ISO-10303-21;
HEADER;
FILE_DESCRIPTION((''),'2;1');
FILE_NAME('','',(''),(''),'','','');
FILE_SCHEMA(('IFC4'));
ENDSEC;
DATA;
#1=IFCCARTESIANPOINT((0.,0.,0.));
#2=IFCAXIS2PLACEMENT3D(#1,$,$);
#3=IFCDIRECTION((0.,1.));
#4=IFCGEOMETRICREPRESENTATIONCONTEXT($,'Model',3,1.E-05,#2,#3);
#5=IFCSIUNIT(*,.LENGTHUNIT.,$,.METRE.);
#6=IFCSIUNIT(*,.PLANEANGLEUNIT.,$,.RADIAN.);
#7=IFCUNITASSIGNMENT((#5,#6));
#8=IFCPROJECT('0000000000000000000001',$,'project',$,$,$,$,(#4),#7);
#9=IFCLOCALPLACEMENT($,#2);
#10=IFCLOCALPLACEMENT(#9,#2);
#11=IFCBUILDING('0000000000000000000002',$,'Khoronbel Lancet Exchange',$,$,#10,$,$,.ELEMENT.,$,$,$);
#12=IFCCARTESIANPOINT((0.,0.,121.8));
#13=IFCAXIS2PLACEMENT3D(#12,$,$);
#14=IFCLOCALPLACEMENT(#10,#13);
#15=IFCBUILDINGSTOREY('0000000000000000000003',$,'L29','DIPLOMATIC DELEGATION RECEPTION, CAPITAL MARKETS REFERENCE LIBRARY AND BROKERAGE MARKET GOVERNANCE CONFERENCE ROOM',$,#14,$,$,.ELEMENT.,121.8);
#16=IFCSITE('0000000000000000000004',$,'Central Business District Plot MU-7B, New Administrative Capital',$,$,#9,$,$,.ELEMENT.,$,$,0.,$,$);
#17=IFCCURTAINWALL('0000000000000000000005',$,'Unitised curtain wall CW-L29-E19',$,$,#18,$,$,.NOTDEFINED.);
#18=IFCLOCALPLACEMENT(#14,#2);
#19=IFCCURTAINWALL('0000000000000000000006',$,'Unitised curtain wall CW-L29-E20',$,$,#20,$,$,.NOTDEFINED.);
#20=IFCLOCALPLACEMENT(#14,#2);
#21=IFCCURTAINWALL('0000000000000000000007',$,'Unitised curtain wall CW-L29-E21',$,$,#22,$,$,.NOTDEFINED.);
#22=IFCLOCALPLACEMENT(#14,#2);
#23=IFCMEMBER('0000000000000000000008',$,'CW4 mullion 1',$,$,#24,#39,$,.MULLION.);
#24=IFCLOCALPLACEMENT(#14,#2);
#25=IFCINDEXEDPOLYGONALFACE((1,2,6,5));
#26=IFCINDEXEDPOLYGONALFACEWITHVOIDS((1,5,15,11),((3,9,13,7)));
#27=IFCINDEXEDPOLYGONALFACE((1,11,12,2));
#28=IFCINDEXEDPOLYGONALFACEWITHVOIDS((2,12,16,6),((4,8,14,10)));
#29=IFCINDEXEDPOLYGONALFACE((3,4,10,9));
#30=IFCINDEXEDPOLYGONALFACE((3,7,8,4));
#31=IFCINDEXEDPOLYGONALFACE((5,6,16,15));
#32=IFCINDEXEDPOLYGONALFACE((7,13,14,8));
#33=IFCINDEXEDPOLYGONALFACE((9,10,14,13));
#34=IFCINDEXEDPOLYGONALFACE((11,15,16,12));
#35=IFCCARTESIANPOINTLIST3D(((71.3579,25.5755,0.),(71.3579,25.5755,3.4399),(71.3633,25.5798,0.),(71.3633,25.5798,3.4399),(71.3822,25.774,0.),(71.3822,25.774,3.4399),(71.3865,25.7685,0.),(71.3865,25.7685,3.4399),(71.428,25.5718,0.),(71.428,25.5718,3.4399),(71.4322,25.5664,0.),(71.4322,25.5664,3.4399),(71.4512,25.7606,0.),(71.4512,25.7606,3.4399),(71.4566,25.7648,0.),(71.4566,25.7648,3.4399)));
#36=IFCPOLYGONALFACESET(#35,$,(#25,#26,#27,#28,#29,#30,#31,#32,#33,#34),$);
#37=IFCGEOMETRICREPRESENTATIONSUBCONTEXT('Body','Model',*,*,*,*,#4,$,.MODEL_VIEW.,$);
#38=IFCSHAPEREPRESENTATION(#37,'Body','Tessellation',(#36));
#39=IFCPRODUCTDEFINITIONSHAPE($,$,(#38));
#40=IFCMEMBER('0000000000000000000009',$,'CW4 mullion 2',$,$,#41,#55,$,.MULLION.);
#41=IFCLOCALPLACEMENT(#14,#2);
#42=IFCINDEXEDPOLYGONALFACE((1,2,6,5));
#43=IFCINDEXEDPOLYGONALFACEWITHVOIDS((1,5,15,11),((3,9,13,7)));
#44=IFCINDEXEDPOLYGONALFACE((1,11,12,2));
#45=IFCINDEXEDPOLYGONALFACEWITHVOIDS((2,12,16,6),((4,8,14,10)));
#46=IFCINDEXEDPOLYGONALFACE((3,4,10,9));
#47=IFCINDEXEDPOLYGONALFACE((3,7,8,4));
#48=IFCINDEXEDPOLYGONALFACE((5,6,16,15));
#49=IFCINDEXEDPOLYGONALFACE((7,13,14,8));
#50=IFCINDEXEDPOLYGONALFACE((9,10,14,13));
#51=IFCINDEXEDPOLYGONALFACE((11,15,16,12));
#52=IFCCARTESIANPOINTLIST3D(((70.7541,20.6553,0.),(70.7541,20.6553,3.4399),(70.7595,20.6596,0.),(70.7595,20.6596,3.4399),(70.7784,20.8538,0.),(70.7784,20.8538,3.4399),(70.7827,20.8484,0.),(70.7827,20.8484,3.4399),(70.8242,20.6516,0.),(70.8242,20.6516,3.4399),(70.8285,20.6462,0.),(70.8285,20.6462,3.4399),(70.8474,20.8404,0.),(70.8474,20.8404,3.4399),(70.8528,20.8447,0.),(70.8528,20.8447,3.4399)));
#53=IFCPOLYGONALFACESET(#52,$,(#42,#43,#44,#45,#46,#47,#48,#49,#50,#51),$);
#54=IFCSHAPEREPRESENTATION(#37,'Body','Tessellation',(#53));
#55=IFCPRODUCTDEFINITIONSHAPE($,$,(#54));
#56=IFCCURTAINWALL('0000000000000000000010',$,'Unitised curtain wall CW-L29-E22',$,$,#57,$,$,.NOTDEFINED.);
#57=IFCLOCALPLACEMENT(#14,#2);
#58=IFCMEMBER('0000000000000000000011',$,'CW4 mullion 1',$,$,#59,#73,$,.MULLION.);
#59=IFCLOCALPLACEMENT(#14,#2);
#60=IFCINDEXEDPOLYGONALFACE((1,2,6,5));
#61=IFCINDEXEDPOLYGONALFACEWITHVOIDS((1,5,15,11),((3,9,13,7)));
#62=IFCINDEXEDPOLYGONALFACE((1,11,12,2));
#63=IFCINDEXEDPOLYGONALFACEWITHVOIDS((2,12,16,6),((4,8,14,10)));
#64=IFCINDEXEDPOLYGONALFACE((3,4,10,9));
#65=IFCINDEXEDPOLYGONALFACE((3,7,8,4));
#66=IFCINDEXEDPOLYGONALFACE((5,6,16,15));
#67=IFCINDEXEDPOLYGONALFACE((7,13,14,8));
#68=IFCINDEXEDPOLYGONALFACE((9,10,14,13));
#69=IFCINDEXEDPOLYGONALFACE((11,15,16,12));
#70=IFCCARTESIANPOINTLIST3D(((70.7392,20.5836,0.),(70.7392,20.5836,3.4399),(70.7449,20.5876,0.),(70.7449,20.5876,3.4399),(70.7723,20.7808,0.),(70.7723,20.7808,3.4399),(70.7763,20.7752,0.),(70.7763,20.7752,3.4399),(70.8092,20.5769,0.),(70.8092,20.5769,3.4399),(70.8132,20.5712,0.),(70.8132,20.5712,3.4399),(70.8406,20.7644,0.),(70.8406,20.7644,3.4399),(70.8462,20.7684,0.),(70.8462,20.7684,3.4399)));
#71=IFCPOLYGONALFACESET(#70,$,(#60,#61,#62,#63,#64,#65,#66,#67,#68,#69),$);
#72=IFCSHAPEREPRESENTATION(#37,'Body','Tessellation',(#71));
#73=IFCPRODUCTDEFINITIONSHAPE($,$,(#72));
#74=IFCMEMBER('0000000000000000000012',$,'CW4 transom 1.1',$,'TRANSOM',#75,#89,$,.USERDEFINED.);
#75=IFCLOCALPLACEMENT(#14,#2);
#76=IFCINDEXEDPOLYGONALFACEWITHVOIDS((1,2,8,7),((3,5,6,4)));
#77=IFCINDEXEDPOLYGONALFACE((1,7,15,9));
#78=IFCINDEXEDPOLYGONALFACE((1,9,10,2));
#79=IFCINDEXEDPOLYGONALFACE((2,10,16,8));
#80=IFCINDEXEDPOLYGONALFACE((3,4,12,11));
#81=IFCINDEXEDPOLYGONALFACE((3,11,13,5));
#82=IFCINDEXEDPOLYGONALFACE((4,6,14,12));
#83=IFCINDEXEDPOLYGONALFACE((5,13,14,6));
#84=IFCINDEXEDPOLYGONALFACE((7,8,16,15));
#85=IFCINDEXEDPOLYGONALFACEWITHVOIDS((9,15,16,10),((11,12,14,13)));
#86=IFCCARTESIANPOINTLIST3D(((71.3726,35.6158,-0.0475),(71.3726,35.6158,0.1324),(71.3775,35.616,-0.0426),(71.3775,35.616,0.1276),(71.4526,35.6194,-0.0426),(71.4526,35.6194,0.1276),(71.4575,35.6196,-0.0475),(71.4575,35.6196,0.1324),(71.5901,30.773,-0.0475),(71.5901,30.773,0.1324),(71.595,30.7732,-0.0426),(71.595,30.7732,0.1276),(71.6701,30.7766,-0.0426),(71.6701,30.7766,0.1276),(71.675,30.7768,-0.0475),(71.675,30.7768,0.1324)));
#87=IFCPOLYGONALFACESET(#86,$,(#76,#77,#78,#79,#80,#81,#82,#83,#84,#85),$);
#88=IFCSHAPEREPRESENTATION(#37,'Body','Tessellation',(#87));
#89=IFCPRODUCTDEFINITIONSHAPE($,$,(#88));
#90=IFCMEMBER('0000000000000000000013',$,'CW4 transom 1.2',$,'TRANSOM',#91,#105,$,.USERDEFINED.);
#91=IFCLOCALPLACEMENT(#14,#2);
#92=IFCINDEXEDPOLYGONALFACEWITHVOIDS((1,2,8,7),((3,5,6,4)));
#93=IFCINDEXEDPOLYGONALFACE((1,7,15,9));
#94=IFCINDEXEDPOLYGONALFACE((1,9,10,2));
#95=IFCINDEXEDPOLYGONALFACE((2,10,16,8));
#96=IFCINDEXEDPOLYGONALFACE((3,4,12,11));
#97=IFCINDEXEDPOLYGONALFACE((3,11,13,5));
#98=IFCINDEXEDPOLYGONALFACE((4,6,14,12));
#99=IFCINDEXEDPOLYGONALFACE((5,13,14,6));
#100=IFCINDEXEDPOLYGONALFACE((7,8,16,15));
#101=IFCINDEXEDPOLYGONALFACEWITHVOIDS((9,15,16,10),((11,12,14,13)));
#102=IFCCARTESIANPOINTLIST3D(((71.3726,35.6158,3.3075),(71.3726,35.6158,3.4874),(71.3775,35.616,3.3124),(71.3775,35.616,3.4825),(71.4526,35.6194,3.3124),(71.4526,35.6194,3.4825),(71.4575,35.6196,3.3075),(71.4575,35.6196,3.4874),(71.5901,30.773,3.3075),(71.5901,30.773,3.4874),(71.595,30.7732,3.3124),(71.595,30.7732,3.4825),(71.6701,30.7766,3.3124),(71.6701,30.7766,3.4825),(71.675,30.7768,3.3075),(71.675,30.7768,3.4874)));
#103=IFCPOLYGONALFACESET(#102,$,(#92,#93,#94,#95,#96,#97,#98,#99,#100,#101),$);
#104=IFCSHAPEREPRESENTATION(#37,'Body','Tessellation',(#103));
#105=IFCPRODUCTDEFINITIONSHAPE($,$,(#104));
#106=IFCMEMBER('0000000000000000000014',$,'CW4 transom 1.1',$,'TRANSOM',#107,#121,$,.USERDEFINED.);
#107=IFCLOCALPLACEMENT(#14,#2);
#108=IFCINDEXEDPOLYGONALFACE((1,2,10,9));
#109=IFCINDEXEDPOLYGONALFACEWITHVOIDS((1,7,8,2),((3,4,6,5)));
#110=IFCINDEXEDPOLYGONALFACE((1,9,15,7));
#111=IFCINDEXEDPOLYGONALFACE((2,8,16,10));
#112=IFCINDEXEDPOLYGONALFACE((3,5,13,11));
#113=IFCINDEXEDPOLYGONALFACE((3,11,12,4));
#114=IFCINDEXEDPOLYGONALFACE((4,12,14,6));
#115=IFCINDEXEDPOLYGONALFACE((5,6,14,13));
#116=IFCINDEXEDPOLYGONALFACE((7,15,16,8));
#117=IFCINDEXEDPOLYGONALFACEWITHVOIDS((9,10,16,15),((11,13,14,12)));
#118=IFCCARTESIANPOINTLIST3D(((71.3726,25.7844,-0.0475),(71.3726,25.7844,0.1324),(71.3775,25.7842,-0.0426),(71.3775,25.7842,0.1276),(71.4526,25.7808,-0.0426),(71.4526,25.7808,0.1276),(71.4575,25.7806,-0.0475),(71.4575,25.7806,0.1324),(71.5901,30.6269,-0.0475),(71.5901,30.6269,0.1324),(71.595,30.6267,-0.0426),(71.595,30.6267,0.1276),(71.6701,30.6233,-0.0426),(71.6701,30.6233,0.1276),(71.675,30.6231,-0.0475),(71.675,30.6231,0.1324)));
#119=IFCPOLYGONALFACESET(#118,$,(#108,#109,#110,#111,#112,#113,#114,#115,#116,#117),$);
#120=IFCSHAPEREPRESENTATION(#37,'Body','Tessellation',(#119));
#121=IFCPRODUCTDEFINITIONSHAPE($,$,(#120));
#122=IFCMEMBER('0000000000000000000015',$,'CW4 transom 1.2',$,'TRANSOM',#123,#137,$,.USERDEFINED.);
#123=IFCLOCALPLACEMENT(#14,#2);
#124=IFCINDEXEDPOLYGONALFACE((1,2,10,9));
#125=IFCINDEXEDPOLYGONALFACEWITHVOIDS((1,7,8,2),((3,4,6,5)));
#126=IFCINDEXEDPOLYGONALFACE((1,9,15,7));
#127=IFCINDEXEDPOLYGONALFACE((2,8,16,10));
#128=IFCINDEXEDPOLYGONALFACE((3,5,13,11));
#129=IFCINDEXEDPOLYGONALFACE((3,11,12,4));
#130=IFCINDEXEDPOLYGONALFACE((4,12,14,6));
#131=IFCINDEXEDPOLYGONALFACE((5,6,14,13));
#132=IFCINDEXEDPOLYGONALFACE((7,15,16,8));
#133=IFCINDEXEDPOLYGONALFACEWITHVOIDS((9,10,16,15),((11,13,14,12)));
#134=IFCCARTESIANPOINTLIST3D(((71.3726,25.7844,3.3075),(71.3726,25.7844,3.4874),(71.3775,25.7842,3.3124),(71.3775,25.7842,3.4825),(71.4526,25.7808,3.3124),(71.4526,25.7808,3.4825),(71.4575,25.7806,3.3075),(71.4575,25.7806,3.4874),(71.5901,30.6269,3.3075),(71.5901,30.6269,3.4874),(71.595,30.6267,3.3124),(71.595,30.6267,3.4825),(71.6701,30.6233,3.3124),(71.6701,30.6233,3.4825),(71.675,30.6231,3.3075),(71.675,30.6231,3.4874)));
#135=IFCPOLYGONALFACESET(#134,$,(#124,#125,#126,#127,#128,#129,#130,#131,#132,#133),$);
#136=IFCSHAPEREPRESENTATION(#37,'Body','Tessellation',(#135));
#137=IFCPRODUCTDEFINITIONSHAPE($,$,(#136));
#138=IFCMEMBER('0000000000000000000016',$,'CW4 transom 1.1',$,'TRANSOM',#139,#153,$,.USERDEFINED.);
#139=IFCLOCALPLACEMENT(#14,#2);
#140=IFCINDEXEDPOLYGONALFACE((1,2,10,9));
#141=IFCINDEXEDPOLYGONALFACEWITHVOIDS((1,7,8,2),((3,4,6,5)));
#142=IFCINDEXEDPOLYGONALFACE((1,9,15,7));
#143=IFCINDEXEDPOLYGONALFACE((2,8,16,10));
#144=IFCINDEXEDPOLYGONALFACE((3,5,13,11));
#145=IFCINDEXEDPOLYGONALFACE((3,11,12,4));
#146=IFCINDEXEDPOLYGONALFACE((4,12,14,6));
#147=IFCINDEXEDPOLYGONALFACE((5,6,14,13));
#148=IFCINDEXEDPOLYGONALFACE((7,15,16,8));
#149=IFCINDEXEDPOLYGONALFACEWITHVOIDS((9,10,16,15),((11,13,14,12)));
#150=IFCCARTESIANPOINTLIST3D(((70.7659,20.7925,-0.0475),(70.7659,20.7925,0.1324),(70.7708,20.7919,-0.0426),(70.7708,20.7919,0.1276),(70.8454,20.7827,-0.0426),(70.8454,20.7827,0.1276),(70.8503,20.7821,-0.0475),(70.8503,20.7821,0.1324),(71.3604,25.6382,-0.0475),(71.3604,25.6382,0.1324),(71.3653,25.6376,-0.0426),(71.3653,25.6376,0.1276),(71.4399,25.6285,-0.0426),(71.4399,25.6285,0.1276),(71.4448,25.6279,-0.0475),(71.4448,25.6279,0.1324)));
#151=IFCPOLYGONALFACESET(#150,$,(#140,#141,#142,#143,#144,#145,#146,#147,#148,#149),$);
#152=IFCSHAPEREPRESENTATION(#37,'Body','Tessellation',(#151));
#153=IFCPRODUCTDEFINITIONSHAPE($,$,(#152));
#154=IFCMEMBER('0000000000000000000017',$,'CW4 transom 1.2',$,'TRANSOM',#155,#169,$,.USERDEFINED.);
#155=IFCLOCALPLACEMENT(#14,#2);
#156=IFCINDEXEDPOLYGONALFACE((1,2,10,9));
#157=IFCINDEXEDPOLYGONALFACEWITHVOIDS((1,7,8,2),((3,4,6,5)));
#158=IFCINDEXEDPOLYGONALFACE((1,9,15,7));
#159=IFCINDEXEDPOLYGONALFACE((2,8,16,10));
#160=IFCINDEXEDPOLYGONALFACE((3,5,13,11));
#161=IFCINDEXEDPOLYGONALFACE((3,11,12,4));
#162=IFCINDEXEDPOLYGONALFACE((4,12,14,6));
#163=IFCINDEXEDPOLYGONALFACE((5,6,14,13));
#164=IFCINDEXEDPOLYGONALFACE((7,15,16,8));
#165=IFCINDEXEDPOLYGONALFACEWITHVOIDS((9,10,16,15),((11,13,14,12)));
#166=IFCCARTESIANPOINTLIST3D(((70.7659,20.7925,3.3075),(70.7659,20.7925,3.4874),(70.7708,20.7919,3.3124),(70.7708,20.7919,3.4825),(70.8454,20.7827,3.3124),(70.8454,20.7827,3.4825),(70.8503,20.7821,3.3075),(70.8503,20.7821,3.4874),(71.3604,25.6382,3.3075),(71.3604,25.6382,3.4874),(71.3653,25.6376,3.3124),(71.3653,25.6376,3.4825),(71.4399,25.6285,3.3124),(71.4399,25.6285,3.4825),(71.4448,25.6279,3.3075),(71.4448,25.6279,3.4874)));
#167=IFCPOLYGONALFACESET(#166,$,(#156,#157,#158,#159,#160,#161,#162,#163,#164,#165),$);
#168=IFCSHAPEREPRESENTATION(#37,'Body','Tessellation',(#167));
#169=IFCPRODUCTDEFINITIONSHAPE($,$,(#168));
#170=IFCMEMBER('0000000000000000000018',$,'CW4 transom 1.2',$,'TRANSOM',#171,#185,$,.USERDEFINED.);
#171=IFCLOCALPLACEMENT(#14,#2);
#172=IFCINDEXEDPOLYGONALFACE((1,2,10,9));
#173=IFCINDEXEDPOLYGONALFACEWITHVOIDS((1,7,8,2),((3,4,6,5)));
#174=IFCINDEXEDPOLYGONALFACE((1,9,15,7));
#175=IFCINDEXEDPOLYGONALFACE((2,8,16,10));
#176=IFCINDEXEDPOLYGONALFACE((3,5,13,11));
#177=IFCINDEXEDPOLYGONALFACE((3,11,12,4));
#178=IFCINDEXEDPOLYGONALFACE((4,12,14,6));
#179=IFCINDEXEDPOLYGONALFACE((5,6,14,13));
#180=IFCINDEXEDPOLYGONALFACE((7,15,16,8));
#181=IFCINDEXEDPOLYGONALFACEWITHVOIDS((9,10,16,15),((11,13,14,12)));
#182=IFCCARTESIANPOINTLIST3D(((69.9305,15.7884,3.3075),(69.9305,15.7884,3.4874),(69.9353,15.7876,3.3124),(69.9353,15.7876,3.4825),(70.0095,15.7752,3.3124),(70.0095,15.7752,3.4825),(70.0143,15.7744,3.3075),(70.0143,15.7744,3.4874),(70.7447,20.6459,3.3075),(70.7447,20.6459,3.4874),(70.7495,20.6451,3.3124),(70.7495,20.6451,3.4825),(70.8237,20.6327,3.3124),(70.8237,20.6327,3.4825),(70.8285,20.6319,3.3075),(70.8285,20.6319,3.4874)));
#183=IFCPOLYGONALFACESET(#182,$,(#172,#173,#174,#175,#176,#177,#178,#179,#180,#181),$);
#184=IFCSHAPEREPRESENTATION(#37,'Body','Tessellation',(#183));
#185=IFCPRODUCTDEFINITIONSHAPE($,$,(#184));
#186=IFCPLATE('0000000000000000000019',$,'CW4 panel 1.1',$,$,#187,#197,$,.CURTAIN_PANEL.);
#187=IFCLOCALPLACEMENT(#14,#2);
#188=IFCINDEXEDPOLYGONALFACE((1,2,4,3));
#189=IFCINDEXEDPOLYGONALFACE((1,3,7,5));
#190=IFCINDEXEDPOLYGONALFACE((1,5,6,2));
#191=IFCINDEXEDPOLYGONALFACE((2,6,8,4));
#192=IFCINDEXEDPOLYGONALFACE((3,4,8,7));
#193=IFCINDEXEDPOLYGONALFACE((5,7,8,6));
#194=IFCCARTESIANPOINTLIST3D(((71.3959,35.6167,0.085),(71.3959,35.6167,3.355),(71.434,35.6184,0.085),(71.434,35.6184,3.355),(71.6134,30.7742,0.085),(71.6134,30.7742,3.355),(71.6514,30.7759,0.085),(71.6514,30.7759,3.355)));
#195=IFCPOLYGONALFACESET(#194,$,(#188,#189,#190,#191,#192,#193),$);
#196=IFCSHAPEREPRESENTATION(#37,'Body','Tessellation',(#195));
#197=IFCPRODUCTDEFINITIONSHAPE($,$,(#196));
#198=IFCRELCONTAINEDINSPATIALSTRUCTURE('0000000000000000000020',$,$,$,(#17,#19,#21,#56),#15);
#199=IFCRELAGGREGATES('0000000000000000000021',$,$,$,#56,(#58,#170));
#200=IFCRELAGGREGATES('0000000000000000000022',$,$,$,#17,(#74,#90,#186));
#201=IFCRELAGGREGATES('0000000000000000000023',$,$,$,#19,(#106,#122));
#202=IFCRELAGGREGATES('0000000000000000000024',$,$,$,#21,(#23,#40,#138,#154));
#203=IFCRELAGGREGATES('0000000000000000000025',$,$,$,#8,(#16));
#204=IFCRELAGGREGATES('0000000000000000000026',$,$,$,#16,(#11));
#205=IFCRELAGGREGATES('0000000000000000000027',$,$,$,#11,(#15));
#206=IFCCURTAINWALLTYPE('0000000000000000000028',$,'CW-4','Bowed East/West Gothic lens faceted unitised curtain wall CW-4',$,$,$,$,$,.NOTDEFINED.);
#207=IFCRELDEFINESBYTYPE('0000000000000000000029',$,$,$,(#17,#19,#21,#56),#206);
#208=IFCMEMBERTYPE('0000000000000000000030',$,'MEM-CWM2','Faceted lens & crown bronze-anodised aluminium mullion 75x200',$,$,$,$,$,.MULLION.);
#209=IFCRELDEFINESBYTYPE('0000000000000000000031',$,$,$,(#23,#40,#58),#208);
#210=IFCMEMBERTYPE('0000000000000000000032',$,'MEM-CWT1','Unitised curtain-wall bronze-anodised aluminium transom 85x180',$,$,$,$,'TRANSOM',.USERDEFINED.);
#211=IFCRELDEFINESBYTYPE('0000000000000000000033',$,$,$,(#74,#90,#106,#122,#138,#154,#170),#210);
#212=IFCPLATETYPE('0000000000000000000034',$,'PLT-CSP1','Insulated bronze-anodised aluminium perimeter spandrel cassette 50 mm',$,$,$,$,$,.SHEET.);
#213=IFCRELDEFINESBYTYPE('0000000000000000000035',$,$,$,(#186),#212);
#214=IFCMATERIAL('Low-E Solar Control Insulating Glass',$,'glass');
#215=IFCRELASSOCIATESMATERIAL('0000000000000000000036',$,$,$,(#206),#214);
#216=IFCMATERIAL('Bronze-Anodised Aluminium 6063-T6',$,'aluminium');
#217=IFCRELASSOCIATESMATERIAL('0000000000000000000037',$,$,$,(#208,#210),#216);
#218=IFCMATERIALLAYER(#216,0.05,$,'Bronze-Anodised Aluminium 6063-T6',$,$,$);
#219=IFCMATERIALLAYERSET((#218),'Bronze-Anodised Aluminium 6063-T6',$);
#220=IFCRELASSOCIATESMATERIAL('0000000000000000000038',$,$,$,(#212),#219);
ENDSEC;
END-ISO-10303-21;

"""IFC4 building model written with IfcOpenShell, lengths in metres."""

from ifc_helpers import new_model, si_unit, direction, frame, origin, origin_2d, place, context, subcontext, project, spatial, rectangle, hollow_rectangle, extrude, material, layer, layer_set, material_profile, profile_set, type_object, element, aggregate, save


model = new_model("IFC4")

# Units and contexts
model_context = context("Model", 3, precision=1e-05, world=origin(), true_north=direction((0.0, 1.0)))
body_context = subcontext(model_context, "Body", "Model", "MODEL_VIEW")
ifc_project = project(units=[si_unit("LENGTHUNIT", "METRE"), si_unit("PLANEANGLEUNIT", "RADIAN")], contexts=[model_context])

# Site, building, storey
site_placement = place(None, origin())
site = spatial("IfcSite", under=ifc_project, at=site_placement, Name="Central Business District Plot MU-7B, New Administrative Capital", CompositionType="ELEMENT", RefElevation=0.0)
building_placement = place(site_placement, origin())
building = spatial("IfcBuilding", under=site, at=building_placement, Name="Khoronbel Lancet Exchange", CompositionType="ELEMENT")
storey_placement = place(building_placement, frame((0.0, 0.0, 121.8)))
storey = spatial("IfcBuildingStorey", under=building, at=storey_placement, Name="L29", Description="DIPLOMATIC DELEGATION RECEPTION, CAPITAL MARKETS REFERENCE LIBRARY AND BROKERAGE MARKET GOVERNANCE CONFERENCE ROOM", CompositionType="ELEMENT", Elevation=121.8)

# Curtain walls, members
ifc_material_1 = material(Name="Low-E Solar Control Insulating Glass", Category="glass")
curtain_wall_type = type_object("IfcCurtainWallType", Name="CW-4", Description="Bowed East/West Gothic lens faceted unitised curtain wall CW-4", PredefinedType="NOTDEFINED", material=ifc_material_1)
curtain_wall_1_placement = place(storey_placement, origin())
curtain_wall_1 = element("IfcCurtainWall", 1, at=curtain_wall_1_placement, inside=storey, type_object=curtain_wall_type, Name="Unitised curtain wall CW-L29-E19", PredefinedType="NOTDEFINED")
ifc_material_2 = material(Name="Bronze-Anodised Aluminium 6063-T6", Category="aluminium")
ifc_material_profile_1 = material_profile(ifc_material_2, hollow_rectangle(XDim=0.075, YDim=0.2, WallThickness=0.0049, at=origin_2d()), Name="ALU MULLION 75x200")
ifc_profile_set_1 = profile_set([ifc_material_profile_1], Name="Bronze-Anodised Aluminium 6063-T6")
member_type_1 = type_object("IfcMemberType", Name="MEM-CWM2", Description="Faceted lens & crown bronze-anodised aluminium mullion 75x200", PredefinedType="MULLION", material=ifc_profile_set_1)
curtain_wall_2_placement = place(storey_placement, origin())
curtain_wall_2 = element("IfcCurtainWall", 2, at=curtain_wall_2_placement, inside=storey, type_object=curtain_wall_type, Name="Unitised curtain wall CW-L29-E20", PredefinedType="NOTDEFINED")
curtain_wall_3_placement = place(storey_placement, origin())
curtain_wall_3 = element("IfcCurtainWall", 3, at=curtain_wall_3_placement, inside=storey, type_object=curtain_wall_type, Name="Unitised curtain wall CW-L29-E21", PredefinedType="NOTDEFINED")
member_1_placement = place(storey_placement, frame((71.4072, 25.6702, 0.0), z_axis=(0.0, 0.0, 1.0), x_axis=(0.992557, -0.121779, 0.0)))
member_1 = element("IfcMember", 4, at=member_1_placement, type_object=member_type_1, Name="CW4 mullion 1", PredefinedType="MULLION", context=body_context, shape_type="SweptSolid", body=[
    extrude(hollow_rectangle(XDim=0.075, YDim=0.2, WallThickness=0.0049, at=origin_2d()), origin(), (0.0, 0.0, 1.0), 3.4399),
])
member_2_placement = place(storey_placement, frame((70.8035, 20.75, 0.0), z_axis=(0.0, 0.0, 1.0), x_axis=(0.992557, -0.121779, 0.0)))
member_2 = element("IfcMember", 5, at=member_2_placement, type_object=member_type_1, Name="CW4 mullion 2", PredefinedType="MULLION", context=body_context, shape_type="SweptSolid", body=[
    extrude(hollow_rectangle(XDim=0.075, YDim=0.2, WallThickness=0.0049, at=origin_2d()), origin(), (0.0, 0.0, 1.0), 3.4399),
])

# Curtain wall, member
curtain_wall_4_placement = place(storey_placement, origin())
curtain_wall_4 = element("IfcCurtainWall", 6, at=curtain_wall_4_placement, inside=storey, type_object=curtain_wall_type, Name="Unitised curtain wall CW-L29-E22", PredefinedType="NOTDEFINED")
member_3_placement = place(storey_placement, frame((70.7927, 20.676, 0.0), z_axis=(0.0, 0.0, 1.0), x_axis=(0.986244, -0.165294, 0.0)))
member_3 = element("IfcMember", 7, at=member_3_placement, type_object=member_type_1, Name="CW4 mullion 1", PredefinedType="MULLION", context=body_context, shape_type="SweptSolid", body=[
    extrude(hollow_rectangle(XDim=0.075, YDim=0.2, WallThickness=0.0049, at=origin_2d()), origin(), (0.0, 0.0, 1.0), 3.4399),
])

# Members
ifc_material_profile_2 = material_profile(ifc_material_2, hollow_rectangle(XDim=0.085, YDim=0.1799, WallThickness=0.0049, at=origin_2d()), Name="ALU TRANSOM 85x180")
ifc_profile_set_2 = profile_set([ifc_material_profile_2], Name="Bronze-Anodised Aluminium 6063-T6")
member_type_2 = type_object("IfcMemberType", Name="MEM-CWT1", Description="Unitised curtain-wall bronze-anodised aluminium transom 85x180", ElementType="TRANSOM", PredefinedType="USERDEFINED", material=ifc_profile_set_2)
member_4_placement = place(storey_placement, frame((71.415, 35.6177, 0.0425), z_axis=(0.044873, -0.998993, 0.0), x_axis=(0.998993, 0.044873, 0.0)))
member_4 = element("IfcMember", 8, at=member_4_placement, type_object=member_type_2, Name="CW4 transom 1.1", ObjectType="TRANSOM", PredefinedType="USERDEFINED", context=body_context, shape_type="SweptSolid", body=[
    extrude(hollow_rectangle(XDim=0.085, YDim=0.1799, WallThickness=0.0049, at=origin_2d()), origin(), (0.0, 0.0, 1.0), 4.8477),
])
member_5_placement = place(storey_placement, frame((71.415, 35.6177, 3.3975), z_axis=(0.044873, -0.998993, 0.0), x_axis=(0.998993, 0.044873, 0.0)))
member_5 = element("IfcMember", 9, at=member_5_placement, type_object=member_type_2, Name="CW4 transom 1.2", ObjectType="TRANSOM", PredefinedType="USERDEFINED", context=body_context, shape_type="SweptSolid", body=[
    extrude(hollow_rectangle(XDim=0.085, YDim=0.1799, WallThickness=0.0049, at=origin_2d()), origin(), (0.0, 0.0, 1.0), 4.8477),
])
member_6_placement = place(storey_placement, frame((71.6326, 30.625, 0.0425), z_axis=(-0.044875, -0.998993, 0.0), x_axis=(0.998993, -0.044875, 0.0)))
member_6 = element("IfcMember", 10, at=member_6_placement, type_object=member_type_2, Name="CW4 transom 1.1", ObjectType="TRANSOM", PredefinedType="USERDEFINED", context=body_context, shape_type="SweptSolid", body=[
    extrude(hollow_rectangle(XDim=0.085, YDim=0.1799, WallThickness=0.0049, at=origin_2d()), origin(), (0.0, 0.0, 1.0), 4.8474),
])
member_7_placement = place(storey_placement, frame((71.6326, 30.625, 3.3975), z_axis=(-0.044875, -0.998993, 0.0), x_axis=(0.998993, -0.044875, 0.0)))
member_7 = element("IfcMember", 11, at=member_7_placement, type_object=member_type_2, Name="CW4 transom 1.2", ObjectType="TRANSOM", PredefinedType="USERDEFINED", context=body_context, shape_type="SweptSolid", body=[
    extrude(hollow_rectangle(XDim=0.085, YDim=0.1799, WallThickness=0.0049, at=origin_2d()), origin(), (0.0, 0.0, 1.0), 4.8474),
])
member_8_placement = place(storey_placement, frame((71.4026, 25.6331, 0.0425), z_axis=(-0.121769, -0.992558, 0.0), x_axis=(0.992558, -0.121769, 0.0)))
member_8 = element("IfcMember", 12, at=member_8_placement, type_object=member_type_2, Name="CW4 transom 1.1", ObjectType="TRANSOM", PredefinedType="USERDEFINED", context=body_context, shape_type="SweptSolid", body=[
    extrude(hollow_rectangle(XDim=0.085, YDim=0.1799, WallThickness=0.0049, at=origin_2d()), origin(), (0.0, 0.0, 1.0), 4.8821),
])
member_9_placement = place(storey_placement, frame((71.4026, 25.6331, 3.3975), z_axis=(-0.121769, -0.992558, 0.0), x_axis=(0.992558, -0.121769, 0.0)))
member_9 = element("IfcMember", 13, at=member_9_placement, type_object=member_type_2, Name="CW4 transom 1.2", ObjectType="TRANSOM", PredefinedType="USERDEFINED", context=body_context, shape_type="SweptSolid", body=[
    extrude(hollow_rectangle(XDim=0.085, YDim=0.1799, WallThickness=0.0049, at=origin_2d()), origin(), (0.0, 0.0, 1.0), 4.8821),
])
member_10_placement = place(storey_placement, frame((70.7866, 20.6389, 3.3975), z_axis=(-0.165315, -0.986241, 0.0), x_axis=(0.986241, -0.165315, 0.0)))
member_10 = element("IfcMember", 14, at=member_10_placement, type_object=member_type_2, Name="CW4 transom 1.2", ObjectType="TRANSOM", PredefinedType="USERDEFINED", context=body_context, shape_type="SweptSolid", body=[
    extrude(hollow_rectangle(XDim=0.085, YDim=0.1799, WallThickness=0.0049, at=origin_2d()), origin(), (0.0, 0.0, 1.0), 4.9253),
])
aggregate(curtain_wall_4, [member_3, member_10])

# Plate
ifc_layer_1 = layer(ifc_material_2, 0.05, Name="Bronze-Anodised Aluminium 6063-T6")
ifc_layer_set_1 = layer_set([ifc_layer_1], Name="Bronze-Anodised Aluminium 6063-T6")
plate_type = type_object("IfcPlateType", Name="PLT-CSP1", Description="Insulated bronze-anodised aluminium perimeter spandrel cassette 50 mm", PredefinedType="SHEET", material=ifc_layer_set_1)
plate_1_placement = place(storey_placement, frame((71.5237, 33.1963, 0.085), z_axis=(0.0, 0.0, 1.0), x_axis=(0.044862, -0.998993, 0.0)))
plate_1 = element("IfcPlate", 15, at=plate_1_placement, type_object=plate_type, Name="CW4 panel 1.1", PredefinedType="CURTAIN_PANEL", context=body_context, shape_type="SweptSolid", body=[
    extrude(rectangle(XDim=4.8474, YDim=0.0381, at=origin_2d()), origin(), (0.0, 0.0, 1.0), 3.27),
])
aggregate(curtain_wall_1, [member_4, member_5, plate_1])
aggregate(curtain_wall_2, [member_6, member_7])
aggregate(curtain_wall_3, [member_1, member_2, member_8, member_9])

save(model, "model.ifc")
